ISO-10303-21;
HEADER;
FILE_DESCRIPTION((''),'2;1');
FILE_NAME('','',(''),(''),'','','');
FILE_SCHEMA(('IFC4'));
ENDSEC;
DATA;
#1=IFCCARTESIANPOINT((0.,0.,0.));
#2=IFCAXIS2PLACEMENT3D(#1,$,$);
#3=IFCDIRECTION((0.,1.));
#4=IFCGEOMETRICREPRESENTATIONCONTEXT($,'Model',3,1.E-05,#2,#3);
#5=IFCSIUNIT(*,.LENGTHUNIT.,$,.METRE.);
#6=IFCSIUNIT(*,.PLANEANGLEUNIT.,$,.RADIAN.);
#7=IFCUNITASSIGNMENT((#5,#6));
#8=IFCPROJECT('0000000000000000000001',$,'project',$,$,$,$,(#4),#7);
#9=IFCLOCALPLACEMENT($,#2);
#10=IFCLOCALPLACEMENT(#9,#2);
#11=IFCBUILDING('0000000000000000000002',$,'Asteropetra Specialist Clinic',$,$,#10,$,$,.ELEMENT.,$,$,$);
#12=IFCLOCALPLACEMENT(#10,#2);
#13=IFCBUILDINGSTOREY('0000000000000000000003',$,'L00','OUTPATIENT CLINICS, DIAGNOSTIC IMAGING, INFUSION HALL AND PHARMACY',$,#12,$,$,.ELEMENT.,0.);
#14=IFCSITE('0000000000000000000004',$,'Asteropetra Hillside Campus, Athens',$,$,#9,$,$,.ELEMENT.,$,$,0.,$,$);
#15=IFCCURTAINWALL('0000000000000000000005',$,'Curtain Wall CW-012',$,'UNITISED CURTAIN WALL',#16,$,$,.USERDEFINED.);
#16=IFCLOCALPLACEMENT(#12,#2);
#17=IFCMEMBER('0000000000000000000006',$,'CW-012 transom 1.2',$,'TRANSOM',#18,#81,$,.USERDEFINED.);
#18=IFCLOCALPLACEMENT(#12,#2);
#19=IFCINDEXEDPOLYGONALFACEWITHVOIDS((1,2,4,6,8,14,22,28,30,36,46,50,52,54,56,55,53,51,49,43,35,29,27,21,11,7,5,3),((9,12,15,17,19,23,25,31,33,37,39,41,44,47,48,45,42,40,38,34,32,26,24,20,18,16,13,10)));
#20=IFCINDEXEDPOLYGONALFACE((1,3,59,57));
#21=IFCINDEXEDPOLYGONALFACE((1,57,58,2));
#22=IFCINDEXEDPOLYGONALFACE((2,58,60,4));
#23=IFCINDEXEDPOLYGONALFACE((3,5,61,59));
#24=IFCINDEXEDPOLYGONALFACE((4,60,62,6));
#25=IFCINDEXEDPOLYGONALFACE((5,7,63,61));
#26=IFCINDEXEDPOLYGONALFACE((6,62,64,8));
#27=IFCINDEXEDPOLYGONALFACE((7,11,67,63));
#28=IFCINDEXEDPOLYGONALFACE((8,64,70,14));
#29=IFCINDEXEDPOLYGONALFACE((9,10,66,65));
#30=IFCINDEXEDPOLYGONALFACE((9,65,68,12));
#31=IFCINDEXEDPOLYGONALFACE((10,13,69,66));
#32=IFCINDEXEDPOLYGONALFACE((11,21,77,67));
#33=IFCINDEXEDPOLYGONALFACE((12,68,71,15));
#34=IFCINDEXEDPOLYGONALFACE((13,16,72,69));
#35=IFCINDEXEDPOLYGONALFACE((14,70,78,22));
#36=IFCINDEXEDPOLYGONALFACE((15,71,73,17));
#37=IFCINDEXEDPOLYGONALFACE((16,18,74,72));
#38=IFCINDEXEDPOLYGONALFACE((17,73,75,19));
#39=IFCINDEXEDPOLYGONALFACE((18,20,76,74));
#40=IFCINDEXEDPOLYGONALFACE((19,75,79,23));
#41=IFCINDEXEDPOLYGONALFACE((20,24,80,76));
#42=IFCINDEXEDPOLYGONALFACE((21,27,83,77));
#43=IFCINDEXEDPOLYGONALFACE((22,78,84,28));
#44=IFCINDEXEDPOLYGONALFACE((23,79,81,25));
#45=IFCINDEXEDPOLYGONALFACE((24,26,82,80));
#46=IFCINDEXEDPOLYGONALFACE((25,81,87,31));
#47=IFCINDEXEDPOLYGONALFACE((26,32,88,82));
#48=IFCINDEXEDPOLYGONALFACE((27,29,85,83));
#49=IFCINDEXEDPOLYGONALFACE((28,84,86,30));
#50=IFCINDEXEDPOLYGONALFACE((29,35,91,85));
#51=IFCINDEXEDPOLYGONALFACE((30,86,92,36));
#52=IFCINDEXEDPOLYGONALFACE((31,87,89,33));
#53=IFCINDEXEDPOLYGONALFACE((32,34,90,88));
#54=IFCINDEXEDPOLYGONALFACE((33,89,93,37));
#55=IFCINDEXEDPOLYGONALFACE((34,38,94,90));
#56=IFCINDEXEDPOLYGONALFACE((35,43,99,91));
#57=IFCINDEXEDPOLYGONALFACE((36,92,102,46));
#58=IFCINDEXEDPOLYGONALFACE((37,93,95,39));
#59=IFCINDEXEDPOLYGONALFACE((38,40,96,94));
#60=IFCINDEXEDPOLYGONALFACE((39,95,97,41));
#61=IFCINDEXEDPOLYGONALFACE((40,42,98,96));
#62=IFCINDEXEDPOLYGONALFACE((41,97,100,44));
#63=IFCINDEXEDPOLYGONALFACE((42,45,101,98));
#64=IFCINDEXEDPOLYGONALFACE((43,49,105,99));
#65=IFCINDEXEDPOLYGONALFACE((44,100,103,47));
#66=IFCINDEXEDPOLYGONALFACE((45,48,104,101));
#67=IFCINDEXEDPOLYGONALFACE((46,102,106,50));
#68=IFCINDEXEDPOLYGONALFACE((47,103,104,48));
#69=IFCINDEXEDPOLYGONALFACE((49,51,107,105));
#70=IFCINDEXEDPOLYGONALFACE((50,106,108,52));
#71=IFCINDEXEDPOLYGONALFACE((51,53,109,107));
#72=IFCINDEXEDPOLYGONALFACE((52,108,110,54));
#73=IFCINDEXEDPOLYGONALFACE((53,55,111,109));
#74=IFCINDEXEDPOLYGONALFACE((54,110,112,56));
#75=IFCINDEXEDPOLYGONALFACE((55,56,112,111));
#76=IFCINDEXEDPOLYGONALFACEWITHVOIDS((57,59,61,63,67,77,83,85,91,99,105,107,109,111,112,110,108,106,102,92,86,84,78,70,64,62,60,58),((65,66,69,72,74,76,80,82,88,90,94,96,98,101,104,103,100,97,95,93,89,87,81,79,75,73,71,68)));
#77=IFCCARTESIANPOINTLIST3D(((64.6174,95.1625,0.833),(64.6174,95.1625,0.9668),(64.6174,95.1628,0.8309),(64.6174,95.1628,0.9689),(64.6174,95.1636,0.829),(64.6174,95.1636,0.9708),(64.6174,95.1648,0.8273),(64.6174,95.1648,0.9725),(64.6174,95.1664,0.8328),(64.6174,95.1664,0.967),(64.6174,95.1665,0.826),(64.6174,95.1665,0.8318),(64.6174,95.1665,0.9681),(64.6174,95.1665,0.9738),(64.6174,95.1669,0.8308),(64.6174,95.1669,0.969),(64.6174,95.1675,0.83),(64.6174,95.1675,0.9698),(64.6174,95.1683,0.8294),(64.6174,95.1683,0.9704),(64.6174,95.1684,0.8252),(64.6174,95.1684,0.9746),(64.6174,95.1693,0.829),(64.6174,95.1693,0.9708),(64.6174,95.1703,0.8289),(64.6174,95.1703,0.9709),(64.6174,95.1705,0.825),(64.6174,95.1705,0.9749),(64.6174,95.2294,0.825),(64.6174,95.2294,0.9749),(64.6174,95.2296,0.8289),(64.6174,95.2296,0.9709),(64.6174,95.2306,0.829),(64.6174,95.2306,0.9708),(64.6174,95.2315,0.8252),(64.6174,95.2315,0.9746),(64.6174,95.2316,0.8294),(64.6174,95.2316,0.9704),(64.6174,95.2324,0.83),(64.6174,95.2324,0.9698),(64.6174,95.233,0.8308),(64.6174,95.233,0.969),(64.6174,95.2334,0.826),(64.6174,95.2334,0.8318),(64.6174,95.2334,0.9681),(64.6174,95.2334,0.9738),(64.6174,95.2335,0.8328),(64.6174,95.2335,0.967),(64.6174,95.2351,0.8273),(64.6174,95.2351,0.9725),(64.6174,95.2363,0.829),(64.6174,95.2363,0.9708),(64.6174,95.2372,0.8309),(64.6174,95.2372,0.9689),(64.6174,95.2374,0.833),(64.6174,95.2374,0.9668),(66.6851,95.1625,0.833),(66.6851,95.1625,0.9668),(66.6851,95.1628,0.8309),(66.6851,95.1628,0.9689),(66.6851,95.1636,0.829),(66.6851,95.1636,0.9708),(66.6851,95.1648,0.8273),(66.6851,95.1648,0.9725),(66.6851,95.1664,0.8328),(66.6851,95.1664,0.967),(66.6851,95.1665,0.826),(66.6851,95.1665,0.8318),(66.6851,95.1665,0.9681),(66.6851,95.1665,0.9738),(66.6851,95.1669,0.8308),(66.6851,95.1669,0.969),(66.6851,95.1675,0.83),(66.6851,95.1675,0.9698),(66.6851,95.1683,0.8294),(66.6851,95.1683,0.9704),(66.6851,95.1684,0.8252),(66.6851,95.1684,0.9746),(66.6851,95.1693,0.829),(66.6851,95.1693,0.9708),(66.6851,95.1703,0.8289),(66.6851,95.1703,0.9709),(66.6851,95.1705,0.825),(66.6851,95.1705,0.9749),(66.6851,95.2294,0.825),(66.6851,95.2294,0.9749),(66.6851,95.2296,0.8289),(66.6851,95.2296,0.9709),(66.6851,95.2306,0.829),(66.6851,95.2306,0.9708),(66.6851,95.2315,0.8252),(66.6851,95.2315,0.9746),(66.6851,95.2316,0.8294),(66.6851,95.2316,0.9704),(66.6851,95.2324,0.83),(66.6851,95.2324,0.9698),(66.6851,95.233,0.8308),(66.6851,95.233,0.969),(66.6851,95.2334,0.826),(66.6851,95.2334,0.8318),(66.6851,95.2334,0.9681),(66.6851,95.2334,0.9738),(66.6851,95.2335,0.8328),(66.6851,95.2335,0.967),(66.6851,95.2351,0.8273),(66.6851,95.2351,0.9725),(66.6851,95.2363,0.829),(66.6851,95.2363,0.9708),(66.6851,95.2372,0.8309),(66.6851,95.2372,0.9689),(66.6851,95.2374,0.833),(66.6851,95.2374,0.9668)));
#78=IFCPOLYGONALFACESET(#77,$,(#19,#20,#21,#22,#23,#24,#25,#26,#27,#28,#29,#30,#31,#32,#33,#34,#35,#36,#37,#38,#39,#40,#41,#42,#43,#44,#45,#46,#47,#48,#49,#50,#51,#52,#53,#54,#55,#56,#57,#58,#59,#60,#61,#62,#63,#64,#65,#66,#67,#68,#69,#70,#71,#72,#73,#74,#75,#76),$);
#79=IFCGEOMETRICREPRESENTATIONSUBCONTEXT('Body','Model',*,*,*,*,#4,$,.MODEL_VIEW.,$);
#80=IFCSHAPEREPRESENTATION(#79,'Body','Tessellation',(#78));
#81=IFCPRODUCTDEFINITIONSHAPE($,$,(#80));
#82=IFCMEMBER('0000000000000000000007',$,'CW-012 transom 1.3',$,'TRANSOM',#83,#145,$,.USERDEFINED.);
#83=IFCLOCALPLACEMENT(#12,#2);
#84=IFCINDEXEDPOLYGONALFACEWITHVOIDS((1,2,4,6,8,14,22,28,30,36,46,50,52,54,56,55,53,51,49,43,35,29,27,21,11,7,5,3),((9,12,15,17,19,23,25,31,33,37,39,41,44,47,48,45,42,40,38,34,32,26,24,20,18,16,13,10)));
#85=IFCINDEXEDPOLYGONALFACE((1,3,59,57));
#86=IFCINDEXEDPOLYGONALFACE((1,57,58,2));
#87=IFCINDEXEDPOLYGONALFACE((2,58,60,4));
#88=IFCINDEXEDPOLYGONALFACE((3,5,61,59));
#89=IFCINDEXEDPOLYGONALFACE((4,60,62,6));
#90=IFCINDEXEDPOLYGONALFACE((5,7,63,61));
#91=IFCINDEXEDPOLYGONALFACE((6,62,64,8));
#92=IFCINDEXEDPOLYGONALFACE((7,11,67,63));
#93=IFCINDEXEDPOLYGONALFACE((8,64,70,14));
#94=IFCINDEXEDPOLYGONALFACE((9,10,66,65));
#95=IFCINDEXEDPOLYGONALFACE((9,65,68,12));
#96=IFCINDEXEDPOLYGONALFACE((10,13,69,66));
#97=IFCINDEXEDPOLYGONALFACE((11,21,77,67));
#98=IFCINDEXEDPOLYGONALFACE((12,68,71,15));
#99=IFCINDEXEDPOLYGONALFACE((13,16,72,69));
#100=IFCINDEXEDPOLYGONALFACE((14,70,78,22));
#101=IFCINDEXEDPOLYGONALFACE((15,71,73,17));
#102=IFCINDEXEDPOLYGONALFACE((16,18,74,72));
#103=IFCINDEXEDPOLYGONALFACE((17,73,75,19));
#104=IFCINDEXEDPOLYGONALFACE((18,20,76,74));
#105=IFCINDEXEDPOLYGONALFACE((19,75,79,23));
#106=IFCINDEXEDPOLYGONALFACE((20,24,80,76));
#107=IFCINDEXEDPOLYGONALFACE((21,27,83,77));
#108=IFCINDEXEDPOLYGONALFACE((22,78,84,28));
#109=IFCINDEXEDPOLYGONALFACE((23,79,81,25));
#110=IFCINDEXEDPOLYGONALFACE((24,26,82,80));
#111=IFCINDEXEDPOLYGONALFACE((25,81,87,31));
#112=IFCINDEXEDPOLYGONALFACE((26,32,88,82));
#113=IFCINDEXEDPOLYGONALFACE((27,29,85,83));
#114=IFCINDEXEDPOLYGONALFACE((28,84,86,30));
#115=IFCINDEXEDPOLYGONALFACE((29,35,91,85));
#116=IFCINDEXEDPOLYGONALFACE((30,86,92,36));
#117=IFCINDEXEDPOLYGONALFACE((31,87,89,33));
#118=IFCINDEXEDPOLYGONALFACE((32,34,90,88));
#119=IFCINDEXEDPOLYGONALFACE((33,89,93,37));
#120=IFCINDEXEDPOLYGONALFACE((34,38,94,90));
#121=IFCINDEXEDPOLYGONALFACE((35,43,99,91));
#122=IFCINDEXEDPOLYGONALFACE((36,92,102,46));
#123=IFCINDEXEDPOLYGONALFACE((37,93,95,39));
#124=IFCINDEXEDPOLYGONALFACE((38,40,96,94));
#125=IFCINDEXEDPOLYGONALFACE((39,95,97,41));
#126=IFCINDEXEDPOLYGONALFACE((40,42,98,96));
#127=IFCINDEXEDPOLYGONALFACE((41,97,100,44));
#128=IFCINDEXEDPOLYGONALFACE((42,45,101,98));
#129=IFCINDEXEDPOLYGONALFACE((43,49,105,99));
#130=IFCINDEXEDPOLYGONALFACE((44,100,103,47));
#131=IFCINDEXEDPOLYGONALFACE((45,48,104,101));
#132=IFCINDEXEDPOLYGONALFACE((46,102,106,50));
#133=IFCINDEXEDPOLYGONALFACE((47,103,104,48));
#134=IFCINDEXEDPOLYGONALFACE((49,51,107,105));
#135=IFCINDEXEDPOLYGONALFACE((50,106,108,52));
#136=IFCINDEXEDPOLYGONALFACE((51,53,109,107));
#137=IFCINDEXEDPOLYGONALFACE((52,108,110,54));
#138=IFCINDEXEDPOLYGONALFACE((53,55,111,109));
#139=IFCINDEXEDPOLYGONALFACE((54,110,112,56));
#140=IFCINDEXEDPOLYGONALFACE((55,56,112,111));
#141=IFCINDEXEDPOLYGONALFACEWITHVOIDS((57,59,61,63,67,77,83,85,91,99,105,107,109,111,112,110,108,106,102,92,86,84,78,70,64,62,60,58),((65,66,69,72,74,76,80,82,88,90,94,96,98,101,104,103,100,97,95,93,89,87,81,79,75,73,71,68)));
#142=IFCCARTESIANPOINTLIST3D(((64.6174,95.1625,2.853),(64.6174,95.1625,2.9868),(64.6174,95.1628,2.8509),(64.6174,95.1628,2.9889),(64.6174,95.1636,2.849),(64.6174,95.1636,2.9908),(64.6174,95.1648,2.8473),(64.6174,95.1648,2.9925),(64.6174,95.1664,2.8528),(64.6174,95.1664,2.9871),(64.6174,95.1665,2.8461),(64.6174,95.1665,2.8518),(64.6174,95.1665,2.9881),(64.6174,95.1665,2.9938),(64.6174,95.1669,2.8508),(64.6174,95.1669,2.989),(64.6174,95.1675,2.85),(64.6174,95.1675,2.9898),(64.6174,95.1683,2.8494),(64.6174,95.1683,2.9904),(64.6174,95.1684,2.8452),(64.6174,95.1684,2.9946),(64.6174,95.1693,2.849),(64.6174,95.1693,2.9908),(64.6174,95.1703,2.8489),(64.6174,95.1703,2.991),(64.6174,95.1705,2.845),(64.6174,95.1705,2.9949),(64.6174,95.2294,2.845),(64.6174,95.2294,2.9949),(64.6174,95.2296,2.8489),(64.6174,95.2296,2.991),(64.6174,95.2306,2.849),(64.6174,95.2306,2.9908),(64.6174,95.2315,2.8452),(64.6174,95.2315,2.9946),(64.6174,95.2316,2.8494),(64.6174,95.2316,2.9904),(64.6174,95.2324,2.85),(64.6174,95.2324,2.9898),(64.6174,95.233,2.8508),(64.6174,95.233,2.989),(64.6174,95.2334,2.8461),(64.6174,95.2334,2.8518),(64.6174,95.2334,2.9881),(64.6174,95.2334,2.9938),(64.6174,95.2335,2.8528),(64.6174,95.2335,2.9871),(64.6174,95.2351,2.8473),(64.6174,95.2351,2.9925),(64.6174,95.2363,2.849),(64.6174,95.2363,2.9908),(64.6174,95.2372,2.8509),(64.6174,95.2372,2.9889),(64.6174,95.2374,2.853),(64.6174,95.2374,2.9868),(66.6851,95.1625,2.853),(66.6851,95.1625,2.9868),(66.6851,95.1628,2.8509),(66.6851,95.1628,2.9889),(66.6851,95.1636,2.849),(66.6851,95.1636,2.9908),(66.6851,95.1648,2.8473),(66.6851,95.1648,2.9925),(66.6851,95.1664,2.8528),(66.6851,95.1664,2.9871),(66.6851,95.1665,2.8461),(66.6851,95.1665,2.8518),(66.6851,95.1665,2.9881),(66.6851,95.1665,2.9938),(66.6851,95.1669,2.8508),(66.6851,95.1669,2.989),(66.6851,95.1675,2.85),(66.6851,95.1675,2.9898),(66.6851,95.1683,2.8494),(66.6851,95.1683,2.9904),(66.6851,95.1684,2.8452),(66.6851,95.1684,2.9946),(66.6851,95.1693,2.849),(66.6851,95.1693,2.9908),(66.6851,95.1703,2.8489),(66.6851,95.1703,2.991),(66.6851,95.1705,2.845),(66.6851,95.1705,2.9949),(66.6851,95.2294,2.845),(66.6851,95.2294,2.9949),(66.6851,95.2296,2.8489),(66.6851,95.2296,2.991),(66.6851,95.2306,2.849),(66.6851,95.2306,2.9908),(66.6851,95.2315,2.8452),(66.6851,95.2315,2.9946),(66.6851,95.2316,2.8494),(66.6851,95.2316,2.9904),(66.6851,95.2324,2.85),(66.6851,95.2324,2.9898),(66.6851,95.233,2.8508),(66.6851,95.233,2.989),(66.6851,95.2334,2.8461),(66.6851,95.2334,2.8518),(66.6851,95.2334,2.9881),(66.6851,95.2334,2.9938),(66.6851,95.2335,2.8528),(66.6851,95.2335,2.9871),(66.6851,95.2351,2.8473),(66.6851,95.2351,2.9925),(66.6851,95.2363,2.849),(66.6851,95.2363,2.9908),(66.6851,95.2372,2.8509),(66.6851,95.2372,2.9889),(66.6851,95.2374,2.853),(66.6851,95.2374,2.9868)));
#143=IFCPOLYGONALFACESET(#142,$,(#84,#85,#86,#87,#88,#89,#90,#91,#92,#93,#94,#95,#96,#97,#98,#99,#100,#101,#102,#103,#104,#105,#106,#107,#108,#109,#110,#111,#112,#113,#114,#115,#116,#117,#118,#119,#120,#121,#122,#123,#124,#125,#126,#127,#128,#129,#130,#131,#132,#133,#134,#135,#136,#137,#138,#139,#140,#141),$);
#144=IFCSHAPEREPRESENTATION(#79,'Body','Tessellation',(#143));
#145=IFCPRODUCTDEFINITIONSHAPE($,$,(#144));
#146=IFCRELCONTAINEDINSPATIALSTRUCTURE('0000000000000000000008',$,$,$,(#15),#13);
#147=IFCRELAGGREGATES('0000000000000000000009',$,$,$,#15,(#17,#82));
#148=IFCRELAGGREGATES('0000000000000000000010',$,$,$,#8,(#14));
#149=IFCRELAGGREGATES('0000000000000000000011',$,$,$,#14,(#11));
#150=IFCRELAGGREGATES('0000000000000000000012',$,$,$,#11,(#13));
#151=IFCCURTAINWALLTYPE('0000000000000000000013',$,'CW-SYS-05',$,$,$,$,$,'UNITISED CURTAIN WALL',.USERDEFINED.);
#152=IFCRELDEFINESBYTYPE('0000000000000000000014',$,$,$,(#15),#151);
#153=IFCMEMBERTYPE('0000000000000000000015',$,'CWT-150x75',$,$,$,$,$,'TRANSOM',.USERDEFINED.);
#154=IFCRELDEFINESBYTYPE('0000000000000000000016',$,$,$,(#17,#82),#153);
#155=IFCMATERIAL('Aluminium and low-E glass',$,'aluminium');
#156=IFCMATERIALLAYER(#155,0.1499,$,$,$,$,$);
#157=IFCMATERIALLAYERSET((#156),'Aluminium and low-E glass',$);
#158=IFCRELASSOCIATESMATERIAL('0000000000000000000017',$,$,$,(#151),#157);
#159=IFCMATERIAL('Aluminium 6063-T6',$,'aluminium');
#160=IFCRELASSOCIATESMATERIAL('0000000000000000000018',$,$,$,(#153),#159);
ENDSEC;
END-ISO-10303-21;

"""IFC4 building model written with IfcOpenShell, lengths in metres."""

from ifc_helpers import new_model, si_unit, direction, frame, origin, origin_2d, place, context, subcontext, project, spatial, hollow_rectangle, extrude, material, layer, layer_set, material_profile, profile_set, type_object, element, aggregate, save


model = new_model("IFC4")

# Units and contexts
model_context = context("Model", 3, precision=1e-05, world=origin(), true_north=direction((0.0, 1.0)))
body_context = subcontext(model_context, "Body", "Model", "MODEL_VIEW")
ifc_project = project(units=[si_unit("LENGTHUNIT", "METRE"), si_unit("PLANEANGLEUNIT", "RADIAN")], contexts=[model_context])

# Site, building, storey
site_placement = place(None, origin())
site = spatial("IfcSite", under=ifc_project, at=site_placement, Name="Asteropetra Hillside Campus, Athens", CompositionType="ELEMENT", RefElevation=0.0)
building_placement = place(site_placement, origin())
building = spatial("IfcBuilding", under=site, at=building_placement, Name="Asteropetra Specialist Clinic", CompositionType="ELEMENT")
storey_placement = place(building_placement, origin())
storey = spatial("IfcBuildingStorey", under=building, at=storey_placement, Name="L00", Description="OUTPATIENT CLINICS, DIAGNOSTIC IMAGING, INFUSION HALL AND PHARMACY", CompositionType="ELEMENT", Elevation=0.0)

# Curtain wall, members
ifc_material_1 = material(Name="Aluminium and low-E glass", Category="aluminium")
ifc_layer_1 = layer(ifc_material_1, 0.1499)
ifc_layer_set_1 = layer_set([ifc_layer_1], Name="Aluminium and low-E glass")
curtain_wall_type_1 = type_object("IfcCurtainWallType", Name="CW-SYS-05", ElementType="UNITISED CURTAIN WALL", PredefinedType="USERDEFINED", material=ifc_layer_set_1)
curtain_wall_1_placement = place(storey_placement, origin())
curtain_wall_1 = element("IfcCurtainWall", 1, at=curtain_wall_1_placement, inside=storey, type_object=curtain_wall_type_1, Name="Curtain Wall CW-012", ObjectType="UNITISED CURTAIN WALL", PredefinedType="USERDEFINED")
ifc_material_2 = material(Name="Aluminium 6063-T6", Category="aluminium")
ifc_material_profile_1 = material_profile(ifc_material_2, hollow_rectangle(XDim=0.075, YDim=0.1499, WallThickness=0.0039, InnerFilletRadius=0.0039, OuterFilletRadius=0.0081, at=origin_2d()), Name="TRN 150x75x4.0")
ifc_profile_set_1 = profile_set([ifc_material_profile_1], Name="Aluminium 6063-T6")
member_type_1 = type_object("IfcMemberType", Name="CWT-150x75", ElementType="TRANSOM", PredefinedType="USERDEFINED", material=ifc_profile_set_1)
member_1_placement = place(storey_placement, frame((66.6851, 95.2, 0.8999), z_axis=(-1.0, 0.0, 0.0), x_axis=(0.0, -1.0, 0.0)))
member_1 = element("IfcMember", 2, at=member_1_placement, type_object=member_type_1, Name="CW-012 transom 1.2", ObjectType="TRANSOM", PredefinedType="USERDEFINED", context=body_context, shape_type="SweptSolid", body=[
    extrude(hollow_rectangle(XDim=0.075, YDim=0.1499, WallThickness=0.0039, InnerFilletRadius=0.0039, OuterFilletRadius=0.0081, at=origin_2d()), origin(), (0.0, 0.0, 1.0), 2.0676),
])
member_2_placement = place(storey_placement, frame((66.6851, 95.2, 2.9199), z_axis=(-1.0, 0.0, 0.0), x_axis=(0.0, -1.0, 0.0)))
member_2 = element("IfcMember", 3, at=member_2_placement, type_object=member_type_1, Name="CW-012 transom 1.3", ObjectType="TRANSOM", PredefinedType="USERDEFINED", context=body_context, shape_type="SweptSolid", body=[
    extrude(hollow_rectangle(XDim=0.075, YDim=0.1499, WallThickness=0.0039, InnerFilletRadius=0.0039, OuterFilletRadius=0.0081, at=origin_2d()), origin(), (0.0, 0.0, 1.0), 2.0676),
])

aggregate(curtain_wall_1, [member_1, member_2])

save(model, "model.ifc")
